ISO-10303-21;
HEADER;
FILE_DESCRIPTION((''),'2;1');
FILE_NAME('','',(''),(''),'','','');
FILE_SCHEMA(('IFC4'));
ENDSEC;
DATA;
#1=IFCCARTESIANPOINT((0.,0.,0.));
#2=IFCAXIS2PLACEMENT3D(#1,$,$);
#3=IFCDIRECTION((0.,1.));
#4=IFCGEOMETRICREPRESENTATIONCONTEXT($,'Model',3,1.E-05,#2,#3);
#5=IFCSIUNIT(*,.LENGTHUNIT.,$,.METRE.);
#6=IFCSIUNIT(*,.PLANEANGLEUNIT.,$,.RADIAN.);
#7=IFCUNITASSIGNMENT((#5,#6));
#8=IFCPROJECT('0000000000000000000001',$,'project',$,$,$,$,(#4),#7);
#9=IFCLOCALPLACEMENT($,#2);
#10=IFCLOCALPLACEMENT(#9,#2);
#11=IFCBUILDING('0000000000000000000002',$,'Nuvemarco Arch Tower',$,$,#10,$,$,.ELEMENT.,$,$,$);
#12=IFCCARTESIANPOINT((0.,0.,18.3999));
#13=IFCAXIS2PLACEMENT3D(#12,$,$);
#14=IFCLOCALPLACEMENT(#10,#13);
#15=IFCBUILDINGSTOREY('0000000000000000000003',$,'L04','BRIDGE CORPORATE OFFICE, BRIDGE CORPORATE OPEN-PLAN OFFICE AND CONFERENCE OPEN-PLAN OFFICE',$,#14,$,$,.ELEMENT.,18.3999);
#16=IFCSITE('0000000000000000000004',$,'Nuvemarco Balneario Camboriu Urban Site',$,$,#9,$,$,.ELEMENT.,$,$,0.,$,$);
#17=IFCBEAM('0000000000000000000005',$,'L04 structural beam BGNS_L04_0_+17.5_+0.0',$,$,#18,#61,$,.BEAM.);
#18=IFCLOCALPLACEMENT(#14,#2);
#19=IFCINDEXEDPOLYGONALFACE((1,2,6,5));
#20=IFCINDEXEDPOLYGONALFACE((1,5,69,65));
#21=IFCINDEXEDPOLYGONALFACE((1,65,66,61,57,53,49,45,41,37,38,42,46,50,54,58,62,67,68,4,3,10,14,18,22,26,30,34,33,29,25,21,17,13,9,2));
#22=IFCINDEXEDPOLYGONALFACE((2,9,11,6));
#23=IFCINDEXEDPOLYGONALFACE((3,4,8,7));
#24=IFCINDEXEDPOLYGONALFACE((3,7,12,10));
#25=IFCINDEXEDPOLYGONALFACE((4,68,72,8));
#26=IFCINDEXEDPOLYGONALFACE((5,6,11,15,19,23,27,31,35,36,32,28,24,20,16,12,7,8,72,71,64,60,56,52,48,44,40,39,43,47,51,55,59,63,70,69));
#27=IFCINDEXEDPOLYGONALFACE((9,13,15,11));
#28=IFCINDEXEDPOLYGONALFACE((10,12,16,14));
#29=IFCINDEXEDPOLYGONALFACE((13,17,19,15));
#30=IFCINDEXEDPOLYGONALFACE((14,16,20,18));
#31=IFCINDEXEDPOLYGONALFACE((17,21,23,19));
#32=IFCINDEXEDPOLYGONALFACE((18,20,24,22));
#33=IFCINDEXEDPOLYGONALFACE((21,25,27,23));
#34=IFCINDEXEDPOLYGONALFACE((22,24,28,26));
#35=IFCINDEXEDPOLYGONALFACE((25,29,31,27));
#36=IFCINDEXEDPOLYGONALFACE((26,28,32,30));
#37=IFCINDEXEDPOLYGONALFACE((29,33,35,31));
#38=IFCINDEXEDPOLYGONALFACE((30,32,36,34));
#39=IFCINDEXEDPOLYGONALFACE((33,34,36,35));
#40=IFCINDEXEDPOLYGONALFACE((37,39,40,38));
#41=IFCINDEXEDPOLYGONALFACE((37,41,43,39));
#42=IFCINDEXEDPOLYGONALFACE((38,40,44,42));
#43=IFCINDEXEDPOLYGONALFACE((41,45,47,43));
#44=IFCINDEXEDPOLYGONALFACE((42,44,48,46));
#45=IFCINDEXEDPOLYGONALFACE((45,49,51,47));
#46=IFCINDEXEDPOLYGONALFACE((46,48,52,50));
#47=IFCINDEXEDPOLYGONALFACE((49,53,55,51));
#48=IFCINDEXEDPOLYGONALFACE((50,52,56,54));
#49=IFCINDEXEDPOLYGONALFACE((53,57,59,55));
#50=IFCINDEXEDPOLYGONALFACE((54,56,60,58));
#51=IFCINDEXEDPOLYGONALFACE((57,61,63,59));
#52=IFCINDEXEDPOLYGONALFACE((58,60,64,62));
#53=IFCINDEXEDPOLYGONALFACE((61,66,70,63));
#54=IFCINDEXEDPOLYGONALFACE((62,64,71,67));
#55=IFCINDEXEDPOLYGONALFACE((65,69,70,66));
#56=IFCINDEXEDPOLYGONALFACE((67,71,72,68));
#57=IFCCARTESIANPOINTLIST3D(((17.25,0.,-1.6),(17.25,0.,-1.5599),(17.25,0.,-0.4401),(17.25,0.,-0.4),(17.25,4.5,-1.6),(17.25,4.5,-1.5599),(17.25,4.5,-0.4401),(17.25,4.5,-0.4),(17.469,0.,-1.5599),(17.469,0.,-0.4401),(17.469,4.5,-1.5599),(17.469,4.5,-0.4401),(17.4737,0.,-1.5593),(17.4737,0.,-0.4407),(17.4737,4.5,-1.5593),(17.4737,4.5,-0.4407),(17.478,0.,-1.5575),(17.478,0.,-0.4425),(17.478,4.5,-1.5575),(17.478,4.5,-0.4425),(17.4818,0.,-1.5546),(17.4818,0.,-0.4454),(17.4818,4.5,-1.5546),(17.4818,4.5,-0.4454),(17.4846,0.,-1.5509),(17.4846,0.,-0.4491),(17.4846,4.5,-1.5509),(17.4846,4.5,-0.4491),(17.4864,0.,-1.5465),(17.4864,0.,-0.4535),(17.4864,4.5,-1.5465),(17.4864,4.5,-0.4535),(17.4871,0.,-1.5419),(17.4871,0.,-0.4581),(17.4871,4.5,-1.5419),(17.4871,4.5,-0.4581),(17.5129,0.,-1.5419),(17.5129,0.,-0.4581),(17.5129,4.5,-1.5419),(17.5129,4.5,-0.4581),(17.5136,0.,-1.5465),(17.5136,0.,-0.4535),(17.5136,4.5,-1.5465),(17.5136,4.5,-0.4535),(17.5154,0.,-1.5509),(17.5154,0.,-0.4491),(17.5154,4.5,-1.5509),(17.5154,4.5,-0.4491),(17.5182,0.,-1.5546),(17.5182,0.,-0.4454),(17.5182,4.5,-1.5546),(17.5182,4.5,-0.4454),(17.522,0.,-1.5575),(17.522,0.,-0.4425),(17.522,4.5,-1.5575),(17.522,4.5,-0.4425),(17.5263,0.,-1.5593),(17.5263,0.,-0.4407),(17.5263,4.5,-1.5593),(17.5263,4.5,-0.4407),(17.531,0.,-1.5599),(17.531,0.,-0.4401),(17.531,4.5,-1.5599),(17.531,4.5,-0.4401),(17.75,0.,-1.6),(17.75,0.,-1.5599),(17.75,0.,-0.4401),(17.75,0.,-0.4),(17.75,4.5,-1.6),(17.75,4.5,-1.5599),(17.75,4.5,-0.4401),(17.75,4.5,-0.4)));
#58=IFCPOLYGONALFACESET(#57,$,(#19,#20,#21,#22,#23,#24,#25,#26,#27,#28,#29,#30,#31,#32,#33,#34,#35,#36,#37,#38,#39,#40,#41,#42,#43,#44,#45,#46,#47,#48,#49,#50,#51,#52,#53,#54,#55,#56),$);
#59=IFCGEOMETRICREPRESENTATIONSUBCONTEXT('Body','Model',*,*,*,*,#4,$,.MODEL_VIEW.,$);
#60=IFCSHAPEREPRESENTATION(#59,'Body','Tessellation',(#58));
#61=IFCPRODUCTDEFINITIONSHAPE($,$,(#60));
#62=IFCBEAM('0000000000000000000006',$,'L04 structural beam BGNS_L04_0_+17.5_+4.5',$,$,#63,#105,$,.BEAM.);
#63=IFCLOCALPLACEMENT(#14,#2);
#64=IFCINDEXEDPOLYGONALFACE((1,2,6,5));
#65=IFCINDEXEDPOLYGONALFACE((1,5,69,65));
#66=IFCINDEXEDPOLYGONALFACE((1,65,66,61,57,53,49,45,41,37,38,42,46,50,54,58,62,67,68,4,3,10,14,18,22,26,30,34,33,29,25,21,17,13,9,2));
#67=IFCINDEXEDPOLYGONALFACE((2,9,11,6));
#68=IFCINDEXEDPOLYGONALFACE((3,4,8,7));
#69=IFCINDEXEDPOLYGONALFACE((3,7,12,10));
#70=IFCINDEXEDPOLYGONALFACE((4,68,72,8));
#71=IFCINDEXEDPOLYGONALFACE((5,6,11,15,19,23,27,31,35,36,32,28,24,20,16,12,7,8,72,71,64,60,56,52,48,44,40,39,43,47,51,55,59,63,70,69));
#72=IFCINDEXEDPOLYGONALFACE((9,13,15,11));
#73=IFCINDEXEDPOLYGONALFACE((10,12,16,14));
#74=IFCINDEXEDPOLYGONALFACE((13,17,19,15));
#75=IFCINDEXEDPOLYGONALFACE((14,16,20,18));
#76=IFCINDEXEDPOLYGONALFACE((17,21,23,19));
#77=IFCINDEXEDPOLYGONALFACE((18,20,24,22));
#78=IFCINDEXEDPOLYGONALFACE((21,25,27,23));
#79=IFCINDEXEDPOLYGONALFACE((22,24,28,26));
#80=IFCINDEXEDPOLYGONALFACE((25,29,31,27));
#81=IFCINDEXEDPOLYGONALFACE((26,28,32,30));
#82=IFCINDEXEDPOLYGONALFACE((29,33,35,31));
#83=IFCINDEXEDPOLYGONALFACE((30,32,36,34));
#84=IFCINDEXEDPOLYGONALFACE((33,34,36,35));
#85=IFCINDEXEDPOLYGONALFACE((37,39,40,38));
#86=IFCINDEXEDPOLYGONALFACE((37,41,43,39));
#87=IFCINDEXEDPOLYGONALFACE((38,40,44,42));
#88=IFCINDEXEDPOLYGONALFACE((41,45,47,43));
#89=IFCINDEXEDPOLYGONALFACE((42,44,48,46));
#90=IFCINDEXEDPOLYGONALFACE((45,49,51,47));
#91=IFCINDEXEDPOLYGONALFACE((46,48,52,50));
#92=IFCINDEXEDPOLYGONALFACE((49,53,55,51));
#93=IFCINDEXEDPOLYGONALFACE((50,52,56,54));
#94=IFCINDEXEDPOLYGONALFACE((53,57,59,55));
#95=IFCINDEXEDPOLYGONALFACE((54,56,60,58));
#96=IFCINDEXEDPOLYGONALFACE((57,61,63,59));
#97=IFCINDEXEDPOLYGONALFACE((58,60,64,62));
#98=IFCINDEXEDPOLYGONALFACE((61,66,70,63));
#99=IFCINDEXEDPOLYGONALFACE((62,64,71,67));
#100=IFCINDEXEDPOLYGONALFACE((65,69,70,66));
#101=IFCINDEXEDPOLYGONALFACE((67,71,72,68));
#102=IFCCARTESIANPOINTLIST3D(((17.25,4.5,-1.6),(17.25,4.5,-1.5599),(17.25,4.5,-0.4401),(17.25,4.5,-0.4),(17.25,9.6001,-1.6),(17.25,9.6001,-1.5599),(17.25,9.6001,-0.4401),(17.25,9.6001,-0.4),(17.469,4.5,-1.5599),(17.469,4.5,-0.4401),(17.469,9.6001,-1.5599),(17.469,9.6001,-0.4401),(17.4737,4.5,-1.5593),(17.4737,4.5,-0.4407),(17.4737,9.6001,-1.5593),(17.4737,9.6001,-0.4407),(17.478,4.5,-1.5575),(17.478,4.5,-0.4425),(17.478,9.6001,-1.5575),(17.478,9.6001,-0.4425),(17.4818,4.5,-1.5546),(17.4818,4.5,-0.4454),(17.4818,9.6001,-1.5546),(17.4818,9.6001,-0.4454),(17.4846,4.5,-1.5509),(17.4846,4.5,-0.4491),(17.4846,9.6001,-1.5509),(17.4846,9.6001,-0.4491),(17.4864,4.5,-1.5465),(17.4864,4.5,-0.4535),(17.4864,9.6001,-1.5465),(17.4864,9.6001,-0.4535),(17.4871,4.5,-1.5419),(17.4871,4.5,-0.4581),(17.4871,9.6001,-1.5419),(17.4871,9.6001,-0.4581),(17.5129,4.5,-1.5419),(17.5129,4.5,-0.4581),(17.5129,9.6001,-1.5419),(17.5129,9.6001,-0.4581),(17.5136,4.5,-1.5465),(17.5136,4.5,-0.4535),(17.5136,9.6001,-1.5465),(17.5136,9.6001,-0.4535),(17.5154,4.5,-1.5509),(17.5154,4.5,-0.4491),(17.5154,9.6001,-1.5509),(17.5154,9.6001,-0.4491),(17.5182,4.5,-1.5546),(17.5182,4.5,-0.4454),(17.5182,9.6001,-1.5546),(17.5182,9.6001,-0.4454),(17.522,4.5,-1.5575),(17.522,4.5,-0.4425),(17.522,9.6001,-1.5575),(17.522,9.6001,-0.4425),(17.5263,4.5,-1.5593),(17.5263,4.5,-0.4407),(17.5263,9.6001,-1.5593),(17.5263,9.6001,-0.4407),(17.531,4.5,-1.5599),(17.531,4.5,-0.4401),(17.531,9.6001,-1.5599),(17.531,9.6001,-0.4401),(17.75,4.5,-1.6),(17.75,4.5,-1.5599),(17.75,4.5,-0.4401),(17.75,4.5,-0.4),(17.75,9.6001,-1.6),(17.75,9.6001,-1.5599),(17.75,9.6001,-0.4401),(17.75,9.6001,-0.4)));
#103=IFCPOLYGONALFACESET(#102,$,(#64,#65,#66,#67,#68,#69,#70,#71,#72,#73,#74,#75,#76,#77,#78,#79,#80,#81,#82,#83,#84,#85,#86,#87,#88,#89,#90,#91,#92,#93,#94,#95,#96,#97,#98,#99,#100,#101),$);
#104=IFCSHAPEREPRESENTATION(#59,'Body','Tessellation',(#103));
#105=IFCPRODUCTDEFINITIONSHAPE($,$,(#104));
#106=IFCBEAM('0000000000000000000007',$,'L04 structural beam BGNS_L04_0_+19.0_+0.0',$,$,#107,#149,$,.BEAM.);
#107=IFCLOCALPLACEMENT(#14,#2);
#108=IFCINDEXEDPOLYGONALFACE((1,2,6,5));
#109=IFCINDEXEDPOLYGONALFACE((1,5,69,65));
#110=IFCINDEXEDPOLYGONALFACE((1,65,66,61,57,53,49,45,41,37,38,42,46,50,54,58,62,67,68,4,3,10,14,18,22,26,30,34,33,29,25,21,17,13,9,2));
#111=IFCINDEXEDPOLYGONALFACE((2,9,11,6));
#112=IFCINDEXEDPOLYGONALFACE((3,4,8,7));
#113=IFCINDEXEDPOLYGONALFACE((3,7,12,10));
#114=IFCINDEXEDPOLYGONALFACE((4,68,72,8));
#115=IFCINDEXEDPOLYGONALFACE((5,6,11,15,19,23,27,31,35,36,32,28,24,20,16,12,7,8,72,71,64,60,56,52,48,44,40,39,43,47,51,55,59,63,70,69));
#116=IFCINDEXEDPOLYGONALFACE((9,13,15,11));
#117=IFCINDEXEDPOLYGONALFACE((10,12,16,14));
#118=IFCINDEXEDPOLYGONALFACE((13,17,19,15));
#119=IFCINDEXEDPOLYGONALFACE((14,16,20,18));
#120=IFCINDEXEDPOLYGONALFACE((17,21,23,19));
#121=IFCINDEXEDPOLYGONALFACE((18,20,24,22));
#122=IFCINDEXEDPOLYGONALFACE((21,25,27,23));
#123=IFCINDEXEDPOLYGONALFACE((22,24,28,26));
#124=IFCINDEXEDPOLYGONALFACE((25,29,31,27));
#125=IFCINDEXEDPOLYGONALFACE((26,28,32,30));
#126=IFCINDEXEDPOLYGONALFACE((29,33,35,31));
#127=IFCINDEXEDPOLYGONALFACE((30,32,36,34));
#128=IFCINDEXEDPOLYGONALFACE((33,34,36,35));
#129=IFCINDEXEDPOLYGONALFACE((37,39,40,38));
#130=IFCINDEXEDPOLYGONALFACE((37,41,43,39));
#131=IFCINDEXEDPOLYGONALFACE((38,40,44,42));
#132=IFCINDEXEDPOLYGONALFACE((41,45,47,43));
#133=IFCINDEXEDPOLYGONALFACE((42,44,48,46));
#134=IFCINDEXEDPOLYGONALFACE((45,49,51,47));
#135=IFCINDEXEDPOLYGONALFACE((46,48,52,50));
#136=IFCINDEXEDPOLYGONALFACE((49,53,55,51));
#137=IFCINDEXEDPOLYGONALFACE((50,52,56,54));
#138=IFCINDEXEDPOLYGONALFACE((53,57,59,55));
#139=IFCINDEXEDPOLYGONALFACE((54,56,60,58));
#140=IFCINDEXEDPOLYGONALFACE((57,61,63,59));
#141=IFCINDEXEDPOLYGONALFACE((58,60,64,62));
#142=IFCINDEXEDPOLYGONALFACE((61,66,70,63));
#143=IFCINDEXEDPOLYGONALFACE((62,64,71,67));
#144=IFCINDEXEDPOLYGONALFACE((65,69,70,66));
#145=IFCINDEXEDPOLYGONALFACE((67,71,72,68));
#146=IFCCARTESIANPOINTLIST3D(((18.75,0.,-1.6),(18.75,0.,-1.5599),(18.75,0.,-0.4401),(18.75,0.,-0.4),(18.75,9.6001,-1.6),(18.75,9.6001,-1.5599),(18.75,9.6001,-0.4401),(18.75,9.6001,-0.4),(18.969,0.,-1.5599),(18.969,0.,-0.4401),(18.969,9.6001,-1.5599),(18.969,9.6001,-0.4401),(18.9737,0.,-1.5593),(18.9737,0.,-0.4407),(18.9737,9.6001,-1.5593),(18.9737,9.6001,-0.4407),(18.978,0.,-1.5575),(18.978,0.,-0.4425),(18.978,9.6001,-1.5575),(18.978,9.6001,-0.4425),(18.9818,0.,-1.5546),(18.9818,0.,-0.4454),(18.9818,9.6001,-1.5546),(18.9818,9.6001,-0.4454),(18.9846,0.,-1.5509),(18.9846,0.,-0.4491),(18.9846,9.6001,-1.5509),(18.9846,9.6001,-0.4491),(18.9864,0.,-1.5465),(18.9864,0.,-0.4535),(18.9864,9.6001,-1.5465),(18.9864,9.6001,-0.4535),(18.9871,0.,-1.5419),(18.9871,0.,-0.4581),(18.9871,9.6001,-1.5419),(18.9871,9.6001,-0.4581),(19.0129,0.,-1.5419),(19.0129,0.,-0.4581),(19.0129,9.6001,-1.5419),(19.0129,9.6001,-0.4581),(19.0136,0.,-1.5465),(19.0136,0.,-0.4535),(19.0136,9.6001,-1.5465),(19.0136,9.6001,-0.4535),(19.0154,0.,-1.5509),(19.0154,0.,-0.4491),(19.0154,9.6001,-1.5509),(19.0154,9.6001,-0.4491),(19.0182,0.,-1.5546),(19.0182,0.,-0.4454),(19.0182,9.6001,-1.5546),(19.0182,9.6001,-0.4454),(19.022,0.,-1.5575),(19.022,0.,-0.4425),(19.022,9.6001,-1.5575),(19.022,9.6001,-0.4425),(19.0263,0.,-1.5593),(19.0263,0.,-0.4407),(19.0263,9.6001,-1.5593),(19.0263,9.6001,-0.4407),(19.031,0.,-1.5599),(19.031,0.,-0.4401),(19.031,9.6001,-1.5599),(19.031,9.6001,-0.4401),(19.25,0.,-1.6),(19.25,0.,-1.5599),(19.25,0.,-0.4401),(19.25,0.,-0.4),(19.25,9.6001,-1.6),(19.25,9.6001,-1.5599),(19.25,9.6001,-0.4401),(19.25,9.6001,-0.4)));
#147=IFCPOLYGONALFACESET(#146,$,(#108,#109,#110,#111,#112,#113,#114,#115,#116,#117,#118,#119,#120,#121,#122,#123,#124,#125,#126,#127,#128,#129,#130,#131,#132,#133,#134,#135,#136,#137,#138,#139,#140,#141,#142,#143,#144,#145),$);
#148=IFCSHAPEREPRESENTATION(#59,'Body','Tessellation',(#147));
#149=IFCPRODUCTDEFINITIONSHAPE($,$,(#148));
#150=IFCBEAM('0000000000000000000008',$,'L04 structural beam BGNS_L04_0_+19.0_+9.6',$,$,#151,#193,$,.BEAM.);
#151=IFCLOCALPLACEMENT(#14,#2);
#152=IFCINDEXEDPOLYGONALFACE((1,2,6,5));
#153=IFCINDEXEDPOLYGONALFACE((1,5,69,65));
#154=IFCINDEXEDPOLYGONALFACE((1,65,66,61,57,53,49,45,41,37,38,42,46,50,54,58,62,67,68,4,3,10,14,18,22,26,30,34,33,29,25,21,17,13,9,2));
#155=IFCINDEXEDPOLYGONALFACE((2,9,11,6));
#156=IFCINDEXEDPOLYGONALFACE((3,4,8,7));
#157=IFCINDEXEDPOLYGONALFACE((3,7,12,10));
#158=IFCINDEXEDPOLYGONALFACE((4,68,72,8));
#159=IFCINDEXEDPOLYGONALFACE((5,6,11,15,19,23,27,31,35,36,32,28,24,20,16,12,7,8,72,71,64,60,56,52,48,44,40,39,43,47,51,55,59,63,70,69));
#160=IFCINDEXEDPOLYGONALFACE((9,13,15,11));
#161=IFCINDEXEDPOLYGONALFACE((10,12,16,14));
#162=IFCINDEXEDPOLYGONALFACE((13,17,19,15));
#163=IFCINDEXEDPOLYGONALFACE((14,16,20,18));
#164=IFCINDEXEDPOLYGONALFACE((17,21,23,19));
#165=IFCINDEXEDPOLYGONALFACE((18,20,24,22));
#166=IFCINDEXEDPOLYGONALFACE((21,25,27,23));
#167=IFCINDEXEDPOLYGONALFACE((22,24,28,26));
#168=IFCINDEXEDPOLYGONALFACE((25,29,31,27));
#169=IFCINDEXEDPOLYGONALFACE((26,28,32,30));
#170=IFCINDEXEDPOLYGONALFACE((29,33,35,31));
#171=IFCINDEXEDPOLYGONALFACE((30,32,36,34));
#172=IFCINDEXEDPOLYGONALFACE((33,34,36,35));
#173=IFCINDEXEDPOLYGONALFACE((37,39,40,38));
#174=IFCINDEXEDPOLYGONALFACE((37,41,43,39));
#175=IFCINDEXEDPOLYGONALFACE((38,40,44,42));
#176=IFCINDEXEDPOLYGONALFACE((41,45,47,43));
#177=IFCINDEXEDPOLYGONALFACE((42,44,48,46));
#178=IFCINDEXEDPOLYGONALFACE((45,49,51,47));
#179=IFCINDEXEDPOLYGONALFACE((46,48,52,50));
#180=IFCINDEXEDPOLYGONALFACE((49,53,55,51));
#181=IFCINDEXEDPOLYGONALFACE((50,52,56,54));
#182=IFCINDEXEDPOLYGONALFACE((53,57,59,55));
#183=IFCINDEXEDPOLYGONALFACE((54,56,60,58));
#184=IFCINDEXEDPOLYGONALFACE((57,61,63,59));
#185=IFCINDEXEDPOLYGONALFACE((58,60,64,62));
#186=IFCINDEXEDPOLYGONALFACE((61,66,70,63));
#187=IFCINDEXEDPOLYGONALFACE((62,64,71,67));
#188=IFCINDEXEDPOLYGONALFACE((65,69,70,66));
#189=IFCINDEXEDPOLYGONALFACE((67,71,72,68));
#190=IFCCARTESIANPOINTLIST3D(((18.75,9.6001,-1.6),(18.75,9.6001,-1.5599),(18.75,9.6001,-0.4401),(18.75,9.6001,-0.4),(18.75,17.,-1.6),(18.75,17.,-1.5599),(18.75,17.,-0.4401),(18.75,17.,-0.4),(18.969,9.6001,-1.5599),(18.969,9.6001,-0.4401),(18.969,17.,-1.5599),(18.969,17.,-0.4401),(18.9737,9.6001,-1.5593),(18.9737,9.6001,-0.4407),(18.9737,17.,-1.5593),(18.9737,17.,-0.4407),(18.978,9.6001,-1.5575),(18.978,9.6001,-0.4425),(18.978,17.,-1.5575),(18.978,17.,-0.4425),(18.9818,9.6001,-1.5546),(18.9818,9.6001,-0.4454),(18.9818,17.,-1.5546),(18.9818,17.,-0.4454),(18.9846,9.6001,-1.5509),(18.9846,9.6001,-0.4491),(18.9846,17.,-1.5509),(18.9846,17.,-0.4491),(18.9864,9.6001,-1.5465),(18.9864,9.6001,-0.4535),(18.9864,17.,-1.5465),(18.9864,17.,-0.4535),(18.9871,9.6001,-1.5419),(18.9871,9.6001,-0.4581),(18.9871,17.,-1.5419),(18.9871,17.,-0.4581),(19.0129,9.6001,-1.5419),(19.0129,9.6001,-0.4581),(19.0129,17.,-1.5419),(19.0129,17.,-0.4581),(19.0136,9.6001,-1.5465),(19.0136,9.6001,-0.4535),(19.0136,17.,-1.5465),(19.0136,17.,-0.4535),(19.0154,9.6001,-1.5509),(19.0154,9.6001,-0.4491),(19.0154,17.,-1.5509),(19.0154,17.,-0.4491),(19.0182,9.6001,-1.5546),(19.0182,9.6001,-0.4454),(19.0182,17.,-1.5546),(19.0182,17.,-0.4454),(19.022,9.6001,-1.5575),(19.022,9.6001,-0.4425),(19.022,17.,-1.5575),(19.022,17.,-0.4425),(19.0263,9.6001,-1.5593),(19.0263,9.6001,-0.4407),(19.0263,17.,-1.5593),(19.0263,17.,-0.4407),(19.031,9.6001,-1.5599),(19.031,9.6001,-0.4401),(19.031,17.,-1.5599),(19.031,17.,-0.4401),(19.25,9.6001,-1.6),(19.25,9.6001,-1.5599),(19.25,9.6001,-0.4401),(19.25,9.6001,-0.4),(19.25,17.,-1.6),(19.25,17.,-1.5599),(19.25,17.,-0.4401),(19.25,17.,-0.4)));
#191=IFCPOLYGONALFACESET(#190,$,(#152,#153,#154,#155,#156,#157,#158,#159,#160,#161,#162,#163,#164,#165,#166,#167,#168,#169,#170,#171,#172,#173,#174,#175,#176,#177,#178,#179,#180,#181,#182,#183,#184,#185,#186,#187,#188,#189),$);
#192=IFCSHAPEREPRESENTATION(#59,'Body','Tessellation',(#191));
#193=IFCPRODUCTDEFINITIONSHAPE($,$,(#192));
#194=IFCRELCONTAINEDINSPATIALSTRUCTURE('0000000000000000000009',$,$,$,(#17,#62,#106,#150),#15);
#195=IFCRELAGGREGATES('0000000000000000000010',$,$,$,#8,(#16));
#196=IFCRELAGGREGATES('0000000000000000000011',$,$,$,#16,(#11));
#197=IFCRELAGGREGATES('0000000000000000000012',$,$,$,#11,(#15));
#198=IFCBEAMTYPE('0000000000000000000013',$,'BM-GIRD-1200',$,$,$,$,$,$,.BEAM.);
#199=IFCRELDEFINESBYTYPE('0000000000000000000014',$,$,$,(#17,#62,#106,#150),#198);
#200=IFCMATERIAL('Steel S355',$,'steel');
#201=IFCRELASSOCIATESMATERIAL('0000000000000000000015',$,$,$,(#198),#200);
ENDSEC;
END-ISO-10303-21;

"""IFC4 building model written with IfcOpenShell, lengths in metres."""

from ifc_helpers import new_model, si_unit, direction, frame, origin, origin_2d, place, context, subcontext, project, spatial, i_section, extrude, material, material_profile, profile_set, type_object, element, save


model = new_model("IFC4")

# Units and contexts
model_context = context("Model", 3, precision=1e-05, world=origin(), true_north=direction((0.0, 1.0)))
body_context = subcontext(model_context, "Body", "Model", "MODEL_VIEW")
ifc_project = project(units=[si_unit("LENGTHUNIT", "METRE"), si_unit("PLANEANGLEUNIT", "RADIAN")], contexts=[model_context])

# Site, building, storey
site_placement = place(None, origin())
site = spatial("IfcSite", under=ifc_project, at=site_placement, Name="Nuvemarco Balneario Camboriu Urban Site", CompositionType="ELEMENT", RefElevation=0.0)
building_placement = place(site_placement, origin())
building = spatial("IfcBuilding", under=site, at=building_placement, Name="Nuvemarco Arch Tower", CompositionType="ELEMENT")
storey_placement = place(building_placement, frame((0.0, 0.0, 18.3999)))
storey = spatial("IfcBuildingStorey", under=building, at=storey_placement, Name="L04", Description="BRIDGE CORPORATE OFFICE, BRIDGE CORPORATE OPEN-PLAN OFFICE AND CONFERENCE OPEN-PLAN OFFICE", CompositionType="ELEMENT", Elevation=18.3999)

# Beams
ifc_material_1 = material(Name="Steel S355", Category="steel")
ifc_material_profile_1 = material_profile(ifc_material_1, i_section(OverallWidth=0.5, OverallDepth=1.2, WebThickness=0.0259, FlangeThickness=0.04, FilletRadius=0.0181, at=origin_2d()), Name="PG1200x500")
ifc_profile_set_1 = profile_set([ifc_material_profile_1], Name="Steel S355")
beam_type_1 = type_object("IfcBeamType", Name="BM-GIRD-1200", PredefinedType="BEAM", material=ifc_profile_set_1)
beam_1_placement = place(storey_placement, frame((17.5, 0.0, -1.0), z_axis=(0.0, 1.0, 0.0), x_axis=(-1.0, 0.0, 0.0)))
element("IfcBeam", 1, at=beam_1_placement, inside=storey, type_object=beam_type_1, Name="L04 structural beam BGNS_L04_0_+17.5_+0.0", PredefinedType="BEAM", context=body_context, shape_type="SweptSolid", body=[
    extrude(i_section(OverallWidth=0.5, OverallDepth=1.2, WebThickness=0.0259, FlangeThickness=0.04, FilletRadius=0.0181, at=origin_2d()), origin(), (0.0, 0.0, 1.0), 4.5),
])
beam_2_placement = place(storey_placement, frame((17.5, 4.5, -1.0), z_axis=(0.0, 1.0, 0.0), x_axis=(-1.0, 0.0, 0.0)))
element("IfcBeam", 2, at=beam_2_placement, inside=storey, type_object=beam_type_1, Name="L04 structural beam BGNS_L04_0_+17.5_+4.5", PredefinedType="BEAM", context=body_context, shape_type="SweptSolid", body=[
    extrude(i_section(OverallWidth=0.5, OverallDepth=1.2, WebThickness=0.0259, FlangeThickness=0.04, FilletRadius=0.0181, at=origin_2d()), origin(), (0.0, 0.0, 1.0), 5.1001),
])
beam_3_placement = place(storey_placement, frame((19.0, 0.0, -1.0), z_axis=(0.0, 1.0, 0.0), x_axis=(-1.0, 0.0, 0.0)))
element("IfcBeam", 3, at=beam_3_placement, inside=storey, type_object=beam_type_1, Name="L04 structural beam BGNS_L04_0_+19.0_+0.0", PredefinedType="BEAM", context=body_context, shape_type="SweptSolid", body=[
    extrude(i_section(OverallWidth=0.5, OverallDepth=1.2, WebThickness=0.0259, FlangeThickness=0.04, FilletRadius=0.0181, at=origin_2d()), origin(), (0.0, 0.0, 1.0), 9.6001),
])
beam_4_placement = place(storey_placement, frame((19.0, 9.6001, -1.0), z_axis=(0.0, 1.0, 0.0), x_axis=(-1.0, 0.0, 0.0)))
element("IfcBeam", 4, at=beam_4_placement, inside=storey, type_object=beam_type_1, Name="L04 structural beam BGNS_L04_0_+19.0_+9.6", PredefinedType="BEAM", context=body_context, shape_type="SweptSolid", body=[
    extrude(i_section(OverallWidth=0.5, OverallDepth=1.2, WebThickness=0.0259, FlangeThickness=0.04, FilletRadius=0.0181, at=origin_2d()), origin(), (0.0, 0.0, 1.0), 7.3999),
])

save(model, "model.ifc")
